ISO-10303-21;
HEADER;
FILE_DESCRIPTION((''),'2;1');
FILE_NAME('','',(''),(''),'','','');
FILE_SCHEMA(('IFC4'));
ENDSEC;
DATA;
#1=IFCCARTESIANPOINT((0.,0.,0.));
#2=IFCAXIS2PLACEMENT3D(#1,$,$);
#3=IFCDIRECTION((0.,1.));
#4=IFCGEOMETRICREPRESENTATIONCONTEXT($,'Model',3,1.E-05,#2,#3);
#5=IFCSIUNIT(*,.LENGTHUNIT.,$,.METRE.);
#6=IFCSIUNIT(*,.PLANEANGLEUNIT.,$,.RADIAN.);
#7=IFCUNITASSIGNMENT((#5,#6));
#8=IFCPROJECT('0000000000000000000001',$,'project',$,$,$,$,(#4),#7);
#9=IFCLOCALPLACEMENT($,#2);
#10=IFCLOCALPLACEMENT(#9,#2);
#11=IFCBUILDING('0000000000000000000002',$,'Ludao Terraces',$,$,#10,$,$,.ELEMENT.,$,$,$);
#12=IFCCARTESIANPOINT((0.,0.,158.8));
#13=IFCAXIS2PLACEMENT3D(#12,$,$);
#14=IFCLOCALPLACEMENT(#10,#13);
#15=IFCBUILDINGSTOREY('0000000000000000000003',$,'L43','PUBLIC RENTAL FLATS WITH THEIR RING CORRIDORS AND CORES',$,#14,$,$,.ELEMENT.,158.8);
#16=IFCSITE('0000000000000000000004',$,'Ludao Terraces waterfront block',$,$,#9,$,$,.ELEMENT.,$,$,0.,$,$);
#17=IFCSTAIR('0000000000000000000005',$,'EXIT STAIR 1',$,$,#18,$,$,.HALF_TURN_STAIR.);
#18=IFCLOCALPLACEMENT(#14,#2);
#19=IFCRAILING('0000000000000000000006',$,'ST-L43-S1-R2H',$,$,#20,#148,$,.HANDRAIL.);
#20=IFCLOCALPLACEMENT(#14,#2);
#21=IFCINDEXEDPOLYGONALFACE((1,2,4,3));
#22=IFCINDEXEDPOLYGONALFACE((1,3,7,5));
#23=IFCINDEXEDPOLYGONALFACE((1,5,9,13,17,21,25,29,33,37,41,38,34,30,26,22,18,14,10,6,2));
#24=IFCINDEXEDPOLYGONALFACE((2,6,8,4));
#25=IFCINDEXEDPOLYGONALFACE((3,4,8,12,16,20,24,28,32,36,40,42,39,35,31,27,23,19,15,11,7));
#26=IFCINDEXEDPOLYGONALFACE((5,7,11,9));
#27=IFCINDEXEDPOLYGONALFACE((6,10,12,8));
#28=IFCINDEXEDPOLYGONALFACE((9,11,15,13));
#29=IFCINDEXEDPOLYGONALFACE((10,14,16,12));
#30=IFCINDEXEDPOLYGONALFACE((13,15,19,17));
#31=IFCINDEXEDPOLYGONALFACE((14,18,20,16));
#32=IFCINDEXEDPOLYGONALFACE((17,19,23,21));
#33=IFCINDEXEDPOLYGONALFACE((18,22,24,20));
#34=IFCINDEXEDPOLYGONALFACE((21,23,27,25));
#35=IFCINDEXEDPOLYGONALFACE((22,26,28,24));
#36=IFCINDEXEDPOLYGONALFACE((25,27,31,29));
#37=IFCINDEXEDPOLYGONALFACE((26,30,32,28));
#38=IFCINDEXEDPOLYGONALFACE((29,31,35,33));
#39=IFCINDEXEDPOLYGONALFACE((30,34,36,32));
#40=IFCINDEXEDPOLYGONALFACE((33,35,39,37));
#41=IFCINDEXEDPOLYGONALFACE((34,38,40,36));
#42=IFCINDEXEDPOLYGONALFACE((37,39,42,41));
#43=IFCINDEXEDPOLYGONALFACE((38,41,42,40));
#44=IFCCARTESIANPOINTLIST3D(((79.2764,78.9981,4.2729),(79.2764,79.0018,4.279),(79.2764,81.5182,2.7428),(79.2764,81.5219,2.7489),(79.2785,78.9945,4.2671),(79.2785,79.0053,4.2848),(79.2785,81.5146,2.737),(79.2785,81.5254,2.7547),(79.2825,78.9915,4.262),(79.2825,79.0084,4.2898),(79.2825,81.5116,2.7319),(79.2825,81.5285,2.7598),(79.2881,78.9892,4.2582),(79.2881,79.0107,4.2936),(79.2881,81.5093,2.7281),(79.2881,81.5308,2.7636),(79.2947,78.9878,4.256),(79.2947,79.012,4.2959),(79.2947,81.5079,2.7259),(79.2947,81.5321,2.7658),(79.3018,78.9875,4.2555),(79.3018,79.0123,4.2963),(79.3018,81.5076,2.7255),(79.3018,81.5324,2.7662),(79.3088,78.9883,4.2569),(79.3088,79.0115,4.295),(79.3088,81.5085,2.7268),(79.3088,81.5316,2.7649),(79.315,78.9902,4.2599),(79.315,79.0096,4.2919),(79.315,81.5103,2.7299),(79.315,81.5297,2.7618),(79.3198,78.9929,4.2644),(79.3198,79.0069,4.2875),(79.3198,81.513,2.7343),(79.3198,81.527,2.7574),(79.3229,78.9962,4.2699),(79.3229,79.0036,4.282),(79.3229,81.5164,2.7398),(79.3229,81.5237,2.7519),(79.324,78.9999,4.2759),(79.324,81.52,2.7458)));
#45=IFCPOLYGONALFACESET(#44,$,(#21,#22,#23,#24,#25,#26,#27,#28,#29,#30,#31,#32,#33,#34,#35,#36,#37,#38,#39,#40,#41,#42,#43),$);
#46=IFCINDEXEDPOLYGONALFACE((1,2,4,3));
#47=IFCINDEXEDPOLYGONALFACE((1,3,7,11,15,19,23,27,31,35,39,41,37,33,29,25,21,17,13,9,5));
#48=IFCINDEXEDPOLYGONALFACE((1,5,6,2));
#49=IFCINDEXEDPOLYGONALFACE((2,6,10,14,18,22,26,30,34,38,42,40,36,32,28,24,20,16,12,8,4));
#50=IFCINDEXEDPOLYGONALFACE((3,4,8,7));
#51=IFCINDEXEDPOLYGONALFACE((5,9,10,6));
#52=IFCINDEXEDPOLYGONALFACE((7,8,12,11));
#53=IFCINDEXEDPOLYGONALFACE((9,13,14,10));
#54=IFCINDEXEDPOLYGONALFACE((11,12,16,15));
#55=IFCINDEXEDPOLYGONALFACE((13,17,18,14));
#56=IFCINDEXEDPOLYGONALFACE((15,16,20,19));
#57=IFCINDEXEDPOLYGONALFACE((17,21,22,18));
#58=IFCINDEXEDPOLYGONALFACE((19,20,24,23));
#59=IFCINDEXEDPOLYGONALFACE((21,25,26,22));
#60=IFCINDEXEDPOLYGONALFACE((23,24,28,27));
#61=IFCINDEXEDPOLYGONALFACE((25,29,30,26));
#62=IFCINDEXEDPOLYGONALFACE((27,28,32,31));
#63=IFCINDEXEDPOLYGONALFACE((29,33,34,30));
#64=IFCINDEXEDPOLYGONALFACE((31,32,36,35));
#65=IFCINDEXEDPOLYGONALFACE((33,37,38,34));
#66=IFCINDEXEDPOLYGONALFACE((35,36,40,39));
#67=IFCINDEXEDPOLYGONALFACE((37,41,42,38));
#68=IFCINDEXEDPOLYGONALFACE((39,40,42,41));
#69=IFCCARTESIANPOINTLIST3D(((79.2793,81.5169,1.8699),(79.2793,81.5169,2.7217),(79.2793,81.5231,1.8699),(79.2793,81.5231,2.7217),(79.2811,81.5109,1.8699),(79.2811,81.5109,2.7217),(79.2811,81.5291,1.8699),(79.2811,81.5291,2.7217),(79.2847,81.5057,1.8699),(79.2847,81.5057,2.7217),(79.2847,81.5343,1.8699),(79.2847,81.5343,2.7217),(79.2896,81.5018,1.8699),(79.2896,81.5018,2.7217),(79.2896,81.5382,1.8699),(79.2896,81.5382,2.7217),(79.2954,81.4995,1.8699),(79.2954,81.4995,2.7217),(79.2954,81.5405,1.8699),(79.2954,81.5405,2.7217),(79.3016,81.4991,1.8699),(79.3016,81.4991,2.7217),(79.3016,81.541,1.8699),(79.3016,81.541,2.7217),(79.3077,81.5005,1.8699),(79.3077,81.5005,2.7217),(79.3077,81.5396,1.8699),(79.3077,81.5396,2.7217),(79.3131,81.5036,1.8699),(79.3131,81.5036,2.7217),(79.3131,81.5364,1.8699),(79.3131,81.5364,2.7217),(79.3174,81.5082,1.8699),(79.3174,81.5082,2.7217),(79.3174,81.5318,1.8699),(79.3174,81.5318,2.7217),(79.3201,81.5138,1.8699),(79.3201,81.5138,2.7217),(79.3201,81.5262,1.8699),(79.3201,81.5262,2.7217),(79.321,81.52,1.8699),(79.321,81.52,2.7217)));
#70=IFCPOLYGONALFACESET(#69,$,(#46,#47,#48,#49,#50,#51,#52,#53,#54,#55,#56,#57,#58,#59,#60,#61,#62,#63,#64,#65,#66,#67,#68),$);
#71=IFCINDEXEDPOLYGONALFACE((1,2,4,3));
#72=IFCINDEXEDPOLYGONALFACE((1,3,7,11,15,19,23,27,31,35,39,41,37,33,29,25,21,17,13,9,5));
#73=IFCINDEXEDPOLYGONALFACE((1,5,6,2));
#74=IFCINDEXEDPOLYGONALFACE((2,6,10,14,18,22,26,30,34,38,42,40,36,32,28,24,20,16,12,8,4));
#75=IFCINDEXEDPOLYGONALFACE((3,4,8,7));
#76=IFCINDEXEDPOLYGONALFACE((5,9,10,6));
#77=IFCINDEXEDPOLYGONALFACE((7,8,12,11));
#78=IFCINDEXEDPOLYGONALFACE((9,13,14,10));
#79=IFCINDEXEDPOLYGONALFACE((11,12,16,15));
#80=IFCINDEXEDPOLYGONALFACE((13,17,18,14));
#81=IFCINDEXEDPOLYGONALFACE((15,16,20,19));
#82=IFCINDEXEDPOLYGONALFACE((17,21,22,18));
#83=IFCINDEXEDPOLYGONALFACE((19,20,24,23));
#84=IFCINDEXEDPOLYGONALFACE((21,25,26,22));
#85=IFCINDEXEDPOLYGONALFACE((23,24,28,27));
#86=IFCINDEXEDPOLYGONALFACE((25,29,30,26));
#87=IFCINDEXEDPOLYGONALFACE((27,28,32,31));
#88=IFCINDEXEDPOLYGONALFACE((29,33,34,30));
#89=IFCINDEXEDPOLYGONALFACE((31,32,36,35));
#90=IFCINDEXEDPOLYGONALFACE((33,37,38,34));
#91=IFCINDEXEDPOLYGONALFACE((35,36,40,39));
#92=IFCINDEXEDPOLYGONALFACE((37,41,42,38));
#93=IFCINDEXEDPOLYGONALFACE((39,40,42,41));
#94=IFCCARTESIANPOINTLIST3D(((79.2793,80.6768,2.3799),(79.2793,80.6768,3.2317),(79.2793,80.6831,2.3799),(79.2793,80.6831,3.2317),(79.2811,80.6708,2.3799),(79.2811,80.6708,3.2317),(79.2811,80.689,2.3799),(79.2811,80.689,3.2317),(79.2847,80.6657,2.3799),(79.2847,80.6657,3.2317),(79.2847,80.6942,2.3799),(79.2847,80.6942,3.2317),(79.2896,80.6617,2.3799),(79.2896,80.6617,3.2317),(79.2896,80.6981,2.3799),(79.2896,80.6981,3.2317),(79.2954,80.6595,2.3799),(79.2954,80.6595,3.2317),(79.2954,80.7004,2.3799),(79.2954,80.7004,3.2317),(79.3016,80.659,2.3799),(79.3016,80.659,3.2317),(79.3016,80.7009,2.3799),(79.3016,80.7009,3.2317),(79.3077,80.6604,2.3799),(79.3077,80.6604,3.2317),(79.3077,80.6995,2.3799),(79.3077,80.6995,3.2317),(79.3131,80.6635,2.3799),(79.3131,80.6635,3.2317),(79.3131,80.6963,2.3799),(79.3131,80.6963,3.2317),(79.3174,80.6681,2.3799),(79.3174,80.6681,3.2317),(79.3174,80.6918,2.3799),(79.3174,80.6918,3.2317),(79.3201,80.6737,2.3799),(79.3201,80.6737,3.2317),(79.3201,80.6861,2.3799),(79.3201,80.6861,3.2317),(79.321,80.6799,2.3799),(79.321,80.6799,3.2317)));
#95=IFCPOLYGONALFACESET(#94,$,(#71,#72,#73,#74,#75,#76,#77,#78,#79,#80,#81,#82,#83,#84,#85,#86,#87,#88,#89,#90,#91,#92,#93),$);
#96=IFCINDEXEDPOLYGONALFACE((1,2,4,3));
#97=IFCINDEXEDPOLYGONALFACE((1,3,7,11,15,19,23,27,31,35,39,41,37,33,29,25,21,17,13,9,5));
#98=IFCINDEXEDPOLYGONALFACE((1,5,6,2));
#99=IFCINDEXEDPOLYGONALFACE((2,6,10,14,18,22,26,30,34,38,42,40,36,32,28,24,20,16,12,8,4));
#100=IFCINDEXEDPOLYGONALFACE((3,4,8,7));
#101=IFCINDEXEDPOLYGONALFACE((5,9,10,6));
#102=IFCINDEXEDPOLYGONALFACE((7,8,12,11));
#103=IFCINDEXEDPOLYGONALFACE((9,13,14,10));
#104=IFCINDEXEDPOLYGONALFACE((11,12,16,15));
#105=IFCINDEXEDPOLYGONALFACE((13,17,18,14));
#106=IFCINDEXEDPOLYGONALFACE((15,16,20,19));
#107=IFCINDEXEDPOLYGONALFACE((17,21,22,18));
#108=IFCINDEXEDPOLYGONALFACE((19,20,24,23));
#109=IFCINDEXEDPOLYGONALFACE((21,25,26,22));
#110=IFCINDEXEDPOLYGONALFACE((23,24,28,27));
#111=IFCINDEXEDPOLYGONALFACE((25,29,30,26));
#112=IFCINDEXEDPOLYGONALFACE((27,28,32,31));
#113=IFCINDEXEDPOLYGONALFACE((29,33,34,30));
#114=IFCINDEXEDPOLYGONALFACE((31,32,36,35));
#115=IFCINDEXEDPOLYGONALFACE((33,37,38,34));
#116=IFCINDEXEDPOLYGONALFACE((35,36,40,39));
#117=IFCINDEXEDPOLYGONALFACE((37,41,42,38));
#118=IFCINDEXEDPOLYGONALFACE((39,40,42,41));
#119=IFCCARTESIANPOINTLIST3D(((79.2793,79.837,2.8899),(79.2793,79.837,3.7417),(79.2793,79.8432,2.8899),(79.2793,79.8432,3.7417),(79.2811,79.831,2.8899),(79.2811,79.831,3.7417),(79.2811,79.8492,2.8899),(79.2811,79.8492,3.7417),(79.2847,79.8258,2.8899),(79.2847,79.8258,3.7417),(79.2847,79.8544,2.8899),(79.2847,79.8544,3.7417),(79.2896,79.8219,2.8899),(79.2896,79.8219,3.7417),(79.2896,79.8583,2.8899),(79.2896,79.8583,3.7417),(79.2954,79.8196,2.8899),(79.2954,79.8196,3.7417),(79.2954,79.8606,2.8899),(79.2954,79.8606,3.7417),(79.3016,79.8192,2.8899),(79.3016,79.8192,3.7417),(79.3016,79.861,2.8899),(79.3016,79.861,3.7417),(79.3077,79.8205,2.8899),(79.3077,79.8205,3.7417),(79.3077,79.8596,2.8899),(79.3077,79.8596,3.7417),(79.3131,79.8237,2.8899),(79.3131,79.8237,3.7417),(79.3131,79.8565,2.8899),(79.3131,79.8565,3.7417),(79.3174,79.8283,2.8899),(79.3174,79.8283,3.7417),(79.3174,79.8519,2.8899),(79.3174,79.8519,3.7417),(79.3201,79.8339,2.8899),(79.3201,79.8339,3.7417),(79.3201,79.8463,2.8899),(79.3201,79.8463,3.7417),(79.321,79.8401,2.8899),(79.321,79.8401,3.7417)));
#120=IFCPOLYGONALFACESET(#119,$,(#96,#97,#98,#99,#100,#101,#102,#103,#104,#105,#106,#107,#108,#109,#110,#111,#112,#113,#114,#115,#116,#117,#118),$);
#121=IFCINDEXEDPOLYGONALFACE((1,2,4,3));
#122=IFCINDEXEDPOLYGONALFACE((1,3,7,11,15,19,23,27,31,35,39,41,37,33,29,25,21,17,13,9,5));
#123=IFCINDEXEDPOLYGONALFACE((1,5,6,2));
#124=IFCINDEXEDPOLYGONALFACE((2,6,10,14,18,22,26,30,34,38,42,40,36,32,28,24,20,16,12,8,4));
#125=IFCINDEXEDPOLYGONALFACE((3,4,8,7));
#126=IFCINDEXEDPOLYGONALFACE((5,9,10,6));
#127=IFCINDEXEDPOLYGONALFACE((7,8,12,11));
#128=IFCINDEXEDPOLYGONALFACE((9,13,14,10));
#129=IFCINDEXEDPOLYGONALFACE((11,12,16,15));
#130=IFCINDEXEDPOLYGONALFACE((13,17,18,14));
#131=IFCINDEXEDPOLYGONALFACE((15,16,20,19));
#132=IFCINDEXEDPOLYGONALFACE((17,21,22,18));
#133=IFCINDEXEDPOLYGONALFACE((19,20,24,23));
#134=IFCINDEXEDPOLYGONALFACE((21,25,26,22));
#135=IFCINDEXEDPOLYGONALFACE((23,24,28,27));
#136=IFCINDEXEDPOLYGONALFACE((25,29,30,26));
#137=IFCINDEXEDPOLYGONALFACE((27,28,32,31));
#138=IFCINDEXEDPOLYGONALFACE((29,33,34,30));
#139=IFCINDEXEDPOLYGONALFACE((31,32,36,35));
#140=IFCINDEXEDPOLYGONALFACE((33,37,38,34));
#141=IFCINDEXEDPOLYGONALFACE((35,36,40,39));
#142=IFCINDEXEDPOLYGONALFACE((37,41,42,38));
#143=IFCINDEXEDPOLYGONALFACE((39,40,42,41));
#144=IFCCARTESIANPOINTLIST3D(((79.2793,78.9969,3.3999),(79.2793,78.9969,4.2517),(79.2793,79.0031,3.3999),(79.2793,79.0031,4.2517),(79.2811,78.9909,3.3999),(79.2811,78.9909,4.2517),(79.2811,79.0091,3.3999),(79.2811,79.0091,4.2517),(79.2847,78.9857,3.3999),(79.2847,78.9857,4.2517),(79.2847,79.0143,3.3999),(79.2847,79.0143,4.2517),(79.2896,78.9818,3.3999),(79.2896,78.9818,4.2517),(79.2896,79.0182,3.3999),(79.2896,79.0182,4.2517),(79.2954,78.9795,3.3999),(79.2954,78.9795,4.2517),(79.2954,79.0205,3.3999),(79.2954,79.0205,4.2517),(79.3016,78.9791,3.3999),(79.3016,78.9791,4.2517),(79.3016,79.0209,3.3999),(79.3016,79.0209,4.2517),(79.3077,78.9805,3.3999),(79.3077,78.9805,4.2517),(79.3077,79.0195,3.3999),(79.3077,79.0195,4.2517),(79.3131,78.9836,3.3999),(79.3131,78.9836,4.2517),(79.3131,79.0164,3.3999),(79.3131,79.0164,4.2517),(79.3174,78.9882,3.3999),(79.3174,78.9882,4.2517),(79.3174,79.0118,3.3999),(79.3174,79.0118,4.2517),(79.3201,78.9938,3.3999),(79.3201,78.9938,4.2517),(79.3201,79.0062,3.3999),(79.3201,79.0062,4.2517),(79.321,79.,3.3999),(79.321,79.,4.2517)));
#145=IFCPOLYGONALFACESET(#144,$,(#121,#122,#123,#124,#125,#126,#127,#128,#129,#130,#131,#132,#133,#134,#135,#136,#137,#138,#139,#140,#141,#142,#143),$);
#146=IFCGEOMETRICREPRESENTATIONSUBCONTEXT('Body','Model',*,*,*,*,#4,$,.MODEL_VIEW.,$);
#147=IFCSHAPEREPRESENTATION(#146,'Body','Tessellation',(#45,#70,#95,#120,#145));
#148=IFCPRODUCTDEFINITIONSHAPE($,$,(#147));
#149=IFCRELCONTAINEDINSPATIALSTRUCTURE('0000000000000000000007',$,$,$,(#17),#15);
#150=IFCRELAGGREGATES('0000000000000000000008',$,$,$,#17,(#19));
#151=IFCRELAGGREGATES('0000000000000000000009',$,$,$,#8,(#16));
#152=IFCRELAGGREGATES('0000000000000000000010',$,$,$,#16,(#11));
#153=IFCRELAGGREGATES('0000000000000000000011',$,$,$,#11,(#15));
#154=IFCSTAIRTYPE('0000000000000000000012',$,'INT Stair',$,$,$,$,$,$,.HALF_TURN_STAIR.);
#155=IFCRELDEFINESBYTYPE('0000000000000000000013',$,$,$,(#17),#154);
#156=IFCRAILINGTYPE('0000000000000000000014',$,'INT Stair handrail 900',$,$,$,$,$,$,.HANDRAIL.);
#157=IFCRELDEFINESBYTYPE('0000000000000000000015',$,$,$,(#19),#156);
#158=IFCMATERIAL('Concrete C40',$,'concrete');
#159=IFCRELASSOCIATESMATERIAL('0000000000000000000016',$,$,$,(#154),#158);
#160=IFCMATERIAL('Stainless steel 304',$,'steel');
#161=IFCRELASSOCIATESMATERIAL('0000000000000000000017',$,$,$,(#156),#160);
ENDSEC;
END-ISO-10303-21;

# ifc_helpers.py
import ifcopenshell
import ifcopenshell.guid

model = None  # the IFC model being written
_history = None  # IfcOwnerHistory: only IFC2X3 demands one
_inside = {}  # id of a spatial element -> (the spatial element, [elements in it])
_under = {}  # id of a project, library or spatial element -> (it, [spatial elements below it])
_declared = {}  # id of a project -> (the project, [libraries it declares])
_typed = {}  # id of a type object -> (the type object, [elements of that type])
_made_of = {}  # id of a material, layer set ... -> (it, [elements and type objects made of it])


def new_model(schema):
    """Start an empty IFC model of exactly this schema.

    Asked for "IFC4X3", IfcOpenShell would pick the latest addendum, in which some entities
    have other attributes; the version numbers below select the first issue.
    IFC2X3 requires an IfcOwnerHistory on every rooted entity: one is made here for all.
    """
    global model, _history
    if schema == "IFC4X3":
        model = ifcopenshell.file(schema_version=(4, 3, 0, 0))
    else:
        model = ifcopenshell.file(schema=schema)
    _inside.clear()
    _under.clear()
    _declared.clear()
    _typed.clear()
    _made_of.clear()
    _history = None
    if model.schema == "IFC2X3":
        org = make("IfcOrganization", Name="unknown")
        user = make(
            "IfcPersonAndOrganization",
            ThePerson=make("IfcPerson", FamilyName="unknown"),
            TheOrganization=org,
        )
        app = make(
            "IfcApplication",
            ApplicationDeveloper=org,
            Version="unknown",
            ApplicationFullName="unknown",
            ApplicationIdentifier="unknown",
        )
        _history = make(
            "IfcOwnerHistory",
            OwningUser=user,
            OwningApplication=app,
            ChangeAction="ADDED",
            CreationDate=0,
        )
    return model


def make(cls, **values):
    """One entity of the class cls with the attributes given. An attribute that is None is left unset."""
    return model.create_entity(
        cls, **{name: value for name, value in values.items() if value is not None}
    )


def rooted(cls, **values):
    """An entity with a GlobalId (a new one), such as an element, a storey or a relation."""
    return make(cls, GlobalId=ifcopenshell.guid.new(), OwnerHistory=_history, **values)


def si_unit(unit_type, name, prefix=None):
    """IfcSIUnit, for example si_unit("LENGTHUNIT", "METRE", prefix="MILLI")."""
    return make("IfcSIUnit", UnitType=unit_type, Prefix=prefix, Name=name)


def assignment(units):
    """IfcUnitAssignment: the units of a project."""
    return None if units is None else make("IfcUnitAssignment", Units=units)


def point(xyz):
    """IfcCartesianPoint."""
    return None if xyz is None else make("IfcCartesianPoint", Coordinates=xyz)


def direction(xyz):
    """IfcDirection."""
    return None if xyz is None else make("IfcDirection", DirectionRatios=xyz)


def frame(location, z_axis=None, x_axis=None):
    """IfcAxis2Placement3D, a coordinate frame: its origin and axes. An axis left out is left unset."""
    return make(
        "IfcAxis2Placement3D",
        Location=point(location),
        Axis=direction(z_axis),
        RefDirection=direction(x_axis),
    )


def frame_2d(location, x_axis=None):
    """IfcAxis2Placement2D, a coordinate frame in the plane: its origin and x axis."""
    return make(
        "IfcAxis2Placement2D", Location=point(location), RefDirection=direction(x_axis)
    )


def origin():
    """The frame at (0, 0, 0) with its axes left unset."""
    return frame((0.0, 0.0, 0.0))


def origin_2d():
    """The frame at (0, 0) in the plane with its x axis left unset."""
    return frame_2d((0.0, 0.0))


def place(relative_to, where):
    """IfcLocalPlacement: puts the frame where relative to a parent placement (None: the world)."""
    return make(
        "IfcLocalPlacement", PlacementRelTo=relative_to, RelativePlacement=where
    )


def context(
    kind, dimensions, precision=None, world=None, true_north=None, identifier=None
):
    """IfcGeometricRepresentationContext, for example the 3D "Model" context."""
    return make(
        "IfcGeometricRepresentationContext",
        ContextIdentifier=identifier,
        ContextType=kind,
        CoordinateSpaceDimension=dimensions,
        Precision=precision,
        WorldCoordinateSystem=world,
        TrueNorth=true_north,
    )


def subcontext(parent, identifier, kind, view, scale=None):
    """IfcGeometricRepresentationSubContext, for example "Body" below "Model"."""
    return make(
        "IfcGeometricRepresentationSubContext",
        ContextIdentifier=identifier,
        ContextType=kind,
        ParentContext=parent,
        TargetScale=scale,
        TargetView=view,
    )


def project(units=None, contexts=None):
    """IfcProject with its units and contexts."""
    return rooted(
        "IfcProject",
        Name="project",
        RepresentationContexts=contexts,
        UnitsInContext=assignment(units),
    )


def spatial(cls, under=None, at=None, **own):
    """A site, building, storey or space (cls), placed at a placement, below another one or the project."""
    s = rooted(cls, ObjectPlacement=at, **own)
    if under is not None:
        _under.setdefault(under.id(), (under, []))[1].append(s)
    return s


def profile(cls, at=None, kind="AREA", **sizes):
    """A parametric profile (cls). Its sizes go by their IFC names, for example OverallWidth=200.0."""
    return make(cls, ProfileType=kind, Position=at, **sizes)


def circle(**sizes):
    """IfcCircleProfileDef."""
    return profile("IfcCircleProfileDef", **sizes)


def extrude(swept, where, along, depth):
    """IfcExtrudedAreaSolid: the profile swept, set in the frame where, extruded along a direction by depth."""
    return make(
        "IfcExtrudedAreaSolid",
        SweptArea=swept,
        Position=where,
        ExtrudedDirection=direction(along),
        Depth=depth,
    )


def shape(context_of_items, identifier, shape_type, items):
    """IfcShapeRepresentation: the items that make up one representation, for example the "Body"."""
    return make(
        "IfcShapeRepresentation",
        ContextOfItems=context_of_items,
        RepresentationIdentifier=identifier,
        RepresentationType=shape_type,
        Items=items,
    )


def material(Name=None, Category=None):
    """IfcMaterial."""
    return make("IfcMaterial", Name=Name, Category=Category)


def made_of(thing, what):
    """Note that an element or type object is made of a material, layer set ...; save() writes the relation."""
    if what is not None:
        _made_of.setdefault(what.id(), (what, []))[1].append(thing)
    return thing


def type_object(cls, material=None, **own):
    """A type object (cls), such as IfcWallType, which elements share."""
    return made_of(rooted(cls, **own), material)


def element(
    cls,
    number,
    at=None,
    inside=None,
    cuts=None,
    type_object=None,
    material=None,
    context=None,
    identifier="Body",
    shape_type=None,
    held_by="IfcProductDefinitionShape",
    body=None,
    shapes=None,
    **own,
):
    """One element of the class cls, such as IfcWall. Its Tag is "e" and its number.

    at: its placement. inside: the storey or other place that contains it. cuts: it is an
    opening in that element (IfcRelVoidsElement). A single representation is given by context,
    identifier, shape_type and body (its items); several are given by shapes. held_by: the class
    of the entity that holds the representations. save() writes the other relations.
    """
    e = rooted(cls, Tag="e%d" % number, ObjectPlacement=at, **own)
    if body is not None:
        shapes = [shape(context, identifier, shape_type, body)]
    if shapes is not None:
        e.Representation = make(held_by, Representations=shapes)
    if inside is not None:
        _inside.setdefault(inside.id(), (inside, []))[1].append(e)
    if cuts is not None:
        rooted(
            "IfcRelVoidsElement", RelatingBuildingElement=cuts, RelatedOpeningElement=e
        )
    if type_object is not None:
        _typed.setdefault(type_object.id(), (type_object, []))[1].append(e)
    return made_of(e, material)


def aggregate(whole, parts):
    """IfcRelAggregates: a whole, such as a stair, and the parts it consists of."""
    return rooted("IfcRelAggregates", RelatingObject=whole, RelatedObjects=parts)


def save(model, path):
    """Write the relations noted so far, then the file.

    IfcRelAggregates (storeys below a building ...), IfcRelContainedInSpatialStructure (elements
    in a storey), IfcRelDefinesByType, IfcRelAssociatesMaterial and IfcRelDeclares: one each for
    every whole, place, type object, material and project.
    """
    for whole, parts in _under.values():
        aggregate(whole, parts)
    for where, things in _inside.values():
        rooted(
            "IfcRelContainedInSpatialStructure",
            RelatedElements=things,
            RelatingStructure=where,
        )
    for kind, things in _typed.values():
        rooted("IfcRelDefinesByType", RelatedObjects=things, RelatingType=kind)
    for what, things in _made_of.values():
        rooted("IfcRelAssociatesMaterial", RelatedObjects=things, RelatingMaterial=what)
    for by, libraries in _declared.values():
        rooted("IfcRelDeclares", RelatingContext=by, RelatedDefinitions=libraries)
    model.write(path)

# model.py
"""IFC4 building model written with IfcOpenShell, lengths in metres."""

from ifc_helpers import new_model, si_unit, direction, frame, origin, origin_2d, place, context, subcontext, project, spatial, circle, extrude, material, type_object, element, aggregate, save


model = new_model("IFC4")

# Units and contexts
model_context = context("Model", 3, precision=1e-05, world=origin(), true_north=direction((0.0, 1.0)))
body_context = subcontext(model_context, "Body", "Model", "MODEL_VIEW")
ifc_project = project(units=[si_unit("LENGTHUNIT", "METRE"), si_unit("PLANEANGLEUNIT", "RADIAN")], contexts=[model_context])

# Site, building, storey
site_placement = place(None, origin())
site = spatial("IfcSite", under=ifc_project, at=site_placement, Name="Ludao Terraces waterfront block", CompositionType="ELEMENT", RefElevation=0.0)
building_placement = place(site_placement, origin())
building = spatial("IfcBuilding", under=site, at=building_placement, Name="Ludao Terraces", CompositionType="ELEMENT")
storey_placement = place(building_placement, frame((0.0, 0.0, 158.8)))
storey = spatial("IfcBuildingStorey", under=building, at=storey_placement, Name="L43", Description="PUBLIC RENTAL FLATS WITH THEIR RING CORRIDORS AND CORES", CompositionType="ELEMENT", Elevation=158.8)

# Shared definitions
ifc_material_1 = material(Name="Stainless steel 304", Category="steel")

# Stair, railing
ifc_material_2 = material(Name="Concrete C40", Category="concrete")
stair_type = type_object("IfcStairType", Name="INT Stair", PredefinedType="HALF_TURN_STAIR", material=ifc_material_2)
stair_placement = place(storey_placement, origin())
stair = element("IfcStair", 1, at=stair_placement, inside=storey, type_object=stair_type, Name="EXIT STAIR 1", PredefinedType="HALF_TURN_STAIR")
railing_type_1 = type_object("IfcRailingType", Name="INT Stair handrail 900", PredefinedType="HANDRAIL", material=ifc_material_1)
railing_1_placement = place(storey_placement, frame((79.3, 81.52, 1.8699)))
railing_1 = element("IfcRailing", 2, at=railing_1_placement, type_object=railing_type_1, Name="ST-L43-S1-R2H", PredefinedType="HANDRAIL", context=body_context, shape_type="SweptSolid", body=[
    extrude(circle(Radius=0.0239, at=origin_2d()), frame((0.0, 0.0, 0.876), z_axis=(0.0, -0.854785, 0.518982), x_axis=(1.0, 0.0, 0.0)), (0.0, 0.0, 1.0), 2.9482),
    extrude(circle(Radius=0.021, at=origin_2d()), origin(), (0.0, 0.0, 1.0), 0.8518),
    extrude(circle(Radius=0.021, at=origin_2d()), frame((0.0, -0.8401, 0.51)), (0.0, 0.0, 1.0), 0.8518),
    extrude(circle(Radius=0.021, at=origin_2d()), frame((0.0, -1.6799, 1.02)), (0.0, 0.0, 1.0), 0.8518),
    extrude(circle(Radius=0.021, at=origin_2d()), frame((0.0, -2.52, 1.53)), (0.0, 0.0, 1.0), 0.8518),
])
aggregate(stair, [railing_1])

save(model, "model.ifc")
